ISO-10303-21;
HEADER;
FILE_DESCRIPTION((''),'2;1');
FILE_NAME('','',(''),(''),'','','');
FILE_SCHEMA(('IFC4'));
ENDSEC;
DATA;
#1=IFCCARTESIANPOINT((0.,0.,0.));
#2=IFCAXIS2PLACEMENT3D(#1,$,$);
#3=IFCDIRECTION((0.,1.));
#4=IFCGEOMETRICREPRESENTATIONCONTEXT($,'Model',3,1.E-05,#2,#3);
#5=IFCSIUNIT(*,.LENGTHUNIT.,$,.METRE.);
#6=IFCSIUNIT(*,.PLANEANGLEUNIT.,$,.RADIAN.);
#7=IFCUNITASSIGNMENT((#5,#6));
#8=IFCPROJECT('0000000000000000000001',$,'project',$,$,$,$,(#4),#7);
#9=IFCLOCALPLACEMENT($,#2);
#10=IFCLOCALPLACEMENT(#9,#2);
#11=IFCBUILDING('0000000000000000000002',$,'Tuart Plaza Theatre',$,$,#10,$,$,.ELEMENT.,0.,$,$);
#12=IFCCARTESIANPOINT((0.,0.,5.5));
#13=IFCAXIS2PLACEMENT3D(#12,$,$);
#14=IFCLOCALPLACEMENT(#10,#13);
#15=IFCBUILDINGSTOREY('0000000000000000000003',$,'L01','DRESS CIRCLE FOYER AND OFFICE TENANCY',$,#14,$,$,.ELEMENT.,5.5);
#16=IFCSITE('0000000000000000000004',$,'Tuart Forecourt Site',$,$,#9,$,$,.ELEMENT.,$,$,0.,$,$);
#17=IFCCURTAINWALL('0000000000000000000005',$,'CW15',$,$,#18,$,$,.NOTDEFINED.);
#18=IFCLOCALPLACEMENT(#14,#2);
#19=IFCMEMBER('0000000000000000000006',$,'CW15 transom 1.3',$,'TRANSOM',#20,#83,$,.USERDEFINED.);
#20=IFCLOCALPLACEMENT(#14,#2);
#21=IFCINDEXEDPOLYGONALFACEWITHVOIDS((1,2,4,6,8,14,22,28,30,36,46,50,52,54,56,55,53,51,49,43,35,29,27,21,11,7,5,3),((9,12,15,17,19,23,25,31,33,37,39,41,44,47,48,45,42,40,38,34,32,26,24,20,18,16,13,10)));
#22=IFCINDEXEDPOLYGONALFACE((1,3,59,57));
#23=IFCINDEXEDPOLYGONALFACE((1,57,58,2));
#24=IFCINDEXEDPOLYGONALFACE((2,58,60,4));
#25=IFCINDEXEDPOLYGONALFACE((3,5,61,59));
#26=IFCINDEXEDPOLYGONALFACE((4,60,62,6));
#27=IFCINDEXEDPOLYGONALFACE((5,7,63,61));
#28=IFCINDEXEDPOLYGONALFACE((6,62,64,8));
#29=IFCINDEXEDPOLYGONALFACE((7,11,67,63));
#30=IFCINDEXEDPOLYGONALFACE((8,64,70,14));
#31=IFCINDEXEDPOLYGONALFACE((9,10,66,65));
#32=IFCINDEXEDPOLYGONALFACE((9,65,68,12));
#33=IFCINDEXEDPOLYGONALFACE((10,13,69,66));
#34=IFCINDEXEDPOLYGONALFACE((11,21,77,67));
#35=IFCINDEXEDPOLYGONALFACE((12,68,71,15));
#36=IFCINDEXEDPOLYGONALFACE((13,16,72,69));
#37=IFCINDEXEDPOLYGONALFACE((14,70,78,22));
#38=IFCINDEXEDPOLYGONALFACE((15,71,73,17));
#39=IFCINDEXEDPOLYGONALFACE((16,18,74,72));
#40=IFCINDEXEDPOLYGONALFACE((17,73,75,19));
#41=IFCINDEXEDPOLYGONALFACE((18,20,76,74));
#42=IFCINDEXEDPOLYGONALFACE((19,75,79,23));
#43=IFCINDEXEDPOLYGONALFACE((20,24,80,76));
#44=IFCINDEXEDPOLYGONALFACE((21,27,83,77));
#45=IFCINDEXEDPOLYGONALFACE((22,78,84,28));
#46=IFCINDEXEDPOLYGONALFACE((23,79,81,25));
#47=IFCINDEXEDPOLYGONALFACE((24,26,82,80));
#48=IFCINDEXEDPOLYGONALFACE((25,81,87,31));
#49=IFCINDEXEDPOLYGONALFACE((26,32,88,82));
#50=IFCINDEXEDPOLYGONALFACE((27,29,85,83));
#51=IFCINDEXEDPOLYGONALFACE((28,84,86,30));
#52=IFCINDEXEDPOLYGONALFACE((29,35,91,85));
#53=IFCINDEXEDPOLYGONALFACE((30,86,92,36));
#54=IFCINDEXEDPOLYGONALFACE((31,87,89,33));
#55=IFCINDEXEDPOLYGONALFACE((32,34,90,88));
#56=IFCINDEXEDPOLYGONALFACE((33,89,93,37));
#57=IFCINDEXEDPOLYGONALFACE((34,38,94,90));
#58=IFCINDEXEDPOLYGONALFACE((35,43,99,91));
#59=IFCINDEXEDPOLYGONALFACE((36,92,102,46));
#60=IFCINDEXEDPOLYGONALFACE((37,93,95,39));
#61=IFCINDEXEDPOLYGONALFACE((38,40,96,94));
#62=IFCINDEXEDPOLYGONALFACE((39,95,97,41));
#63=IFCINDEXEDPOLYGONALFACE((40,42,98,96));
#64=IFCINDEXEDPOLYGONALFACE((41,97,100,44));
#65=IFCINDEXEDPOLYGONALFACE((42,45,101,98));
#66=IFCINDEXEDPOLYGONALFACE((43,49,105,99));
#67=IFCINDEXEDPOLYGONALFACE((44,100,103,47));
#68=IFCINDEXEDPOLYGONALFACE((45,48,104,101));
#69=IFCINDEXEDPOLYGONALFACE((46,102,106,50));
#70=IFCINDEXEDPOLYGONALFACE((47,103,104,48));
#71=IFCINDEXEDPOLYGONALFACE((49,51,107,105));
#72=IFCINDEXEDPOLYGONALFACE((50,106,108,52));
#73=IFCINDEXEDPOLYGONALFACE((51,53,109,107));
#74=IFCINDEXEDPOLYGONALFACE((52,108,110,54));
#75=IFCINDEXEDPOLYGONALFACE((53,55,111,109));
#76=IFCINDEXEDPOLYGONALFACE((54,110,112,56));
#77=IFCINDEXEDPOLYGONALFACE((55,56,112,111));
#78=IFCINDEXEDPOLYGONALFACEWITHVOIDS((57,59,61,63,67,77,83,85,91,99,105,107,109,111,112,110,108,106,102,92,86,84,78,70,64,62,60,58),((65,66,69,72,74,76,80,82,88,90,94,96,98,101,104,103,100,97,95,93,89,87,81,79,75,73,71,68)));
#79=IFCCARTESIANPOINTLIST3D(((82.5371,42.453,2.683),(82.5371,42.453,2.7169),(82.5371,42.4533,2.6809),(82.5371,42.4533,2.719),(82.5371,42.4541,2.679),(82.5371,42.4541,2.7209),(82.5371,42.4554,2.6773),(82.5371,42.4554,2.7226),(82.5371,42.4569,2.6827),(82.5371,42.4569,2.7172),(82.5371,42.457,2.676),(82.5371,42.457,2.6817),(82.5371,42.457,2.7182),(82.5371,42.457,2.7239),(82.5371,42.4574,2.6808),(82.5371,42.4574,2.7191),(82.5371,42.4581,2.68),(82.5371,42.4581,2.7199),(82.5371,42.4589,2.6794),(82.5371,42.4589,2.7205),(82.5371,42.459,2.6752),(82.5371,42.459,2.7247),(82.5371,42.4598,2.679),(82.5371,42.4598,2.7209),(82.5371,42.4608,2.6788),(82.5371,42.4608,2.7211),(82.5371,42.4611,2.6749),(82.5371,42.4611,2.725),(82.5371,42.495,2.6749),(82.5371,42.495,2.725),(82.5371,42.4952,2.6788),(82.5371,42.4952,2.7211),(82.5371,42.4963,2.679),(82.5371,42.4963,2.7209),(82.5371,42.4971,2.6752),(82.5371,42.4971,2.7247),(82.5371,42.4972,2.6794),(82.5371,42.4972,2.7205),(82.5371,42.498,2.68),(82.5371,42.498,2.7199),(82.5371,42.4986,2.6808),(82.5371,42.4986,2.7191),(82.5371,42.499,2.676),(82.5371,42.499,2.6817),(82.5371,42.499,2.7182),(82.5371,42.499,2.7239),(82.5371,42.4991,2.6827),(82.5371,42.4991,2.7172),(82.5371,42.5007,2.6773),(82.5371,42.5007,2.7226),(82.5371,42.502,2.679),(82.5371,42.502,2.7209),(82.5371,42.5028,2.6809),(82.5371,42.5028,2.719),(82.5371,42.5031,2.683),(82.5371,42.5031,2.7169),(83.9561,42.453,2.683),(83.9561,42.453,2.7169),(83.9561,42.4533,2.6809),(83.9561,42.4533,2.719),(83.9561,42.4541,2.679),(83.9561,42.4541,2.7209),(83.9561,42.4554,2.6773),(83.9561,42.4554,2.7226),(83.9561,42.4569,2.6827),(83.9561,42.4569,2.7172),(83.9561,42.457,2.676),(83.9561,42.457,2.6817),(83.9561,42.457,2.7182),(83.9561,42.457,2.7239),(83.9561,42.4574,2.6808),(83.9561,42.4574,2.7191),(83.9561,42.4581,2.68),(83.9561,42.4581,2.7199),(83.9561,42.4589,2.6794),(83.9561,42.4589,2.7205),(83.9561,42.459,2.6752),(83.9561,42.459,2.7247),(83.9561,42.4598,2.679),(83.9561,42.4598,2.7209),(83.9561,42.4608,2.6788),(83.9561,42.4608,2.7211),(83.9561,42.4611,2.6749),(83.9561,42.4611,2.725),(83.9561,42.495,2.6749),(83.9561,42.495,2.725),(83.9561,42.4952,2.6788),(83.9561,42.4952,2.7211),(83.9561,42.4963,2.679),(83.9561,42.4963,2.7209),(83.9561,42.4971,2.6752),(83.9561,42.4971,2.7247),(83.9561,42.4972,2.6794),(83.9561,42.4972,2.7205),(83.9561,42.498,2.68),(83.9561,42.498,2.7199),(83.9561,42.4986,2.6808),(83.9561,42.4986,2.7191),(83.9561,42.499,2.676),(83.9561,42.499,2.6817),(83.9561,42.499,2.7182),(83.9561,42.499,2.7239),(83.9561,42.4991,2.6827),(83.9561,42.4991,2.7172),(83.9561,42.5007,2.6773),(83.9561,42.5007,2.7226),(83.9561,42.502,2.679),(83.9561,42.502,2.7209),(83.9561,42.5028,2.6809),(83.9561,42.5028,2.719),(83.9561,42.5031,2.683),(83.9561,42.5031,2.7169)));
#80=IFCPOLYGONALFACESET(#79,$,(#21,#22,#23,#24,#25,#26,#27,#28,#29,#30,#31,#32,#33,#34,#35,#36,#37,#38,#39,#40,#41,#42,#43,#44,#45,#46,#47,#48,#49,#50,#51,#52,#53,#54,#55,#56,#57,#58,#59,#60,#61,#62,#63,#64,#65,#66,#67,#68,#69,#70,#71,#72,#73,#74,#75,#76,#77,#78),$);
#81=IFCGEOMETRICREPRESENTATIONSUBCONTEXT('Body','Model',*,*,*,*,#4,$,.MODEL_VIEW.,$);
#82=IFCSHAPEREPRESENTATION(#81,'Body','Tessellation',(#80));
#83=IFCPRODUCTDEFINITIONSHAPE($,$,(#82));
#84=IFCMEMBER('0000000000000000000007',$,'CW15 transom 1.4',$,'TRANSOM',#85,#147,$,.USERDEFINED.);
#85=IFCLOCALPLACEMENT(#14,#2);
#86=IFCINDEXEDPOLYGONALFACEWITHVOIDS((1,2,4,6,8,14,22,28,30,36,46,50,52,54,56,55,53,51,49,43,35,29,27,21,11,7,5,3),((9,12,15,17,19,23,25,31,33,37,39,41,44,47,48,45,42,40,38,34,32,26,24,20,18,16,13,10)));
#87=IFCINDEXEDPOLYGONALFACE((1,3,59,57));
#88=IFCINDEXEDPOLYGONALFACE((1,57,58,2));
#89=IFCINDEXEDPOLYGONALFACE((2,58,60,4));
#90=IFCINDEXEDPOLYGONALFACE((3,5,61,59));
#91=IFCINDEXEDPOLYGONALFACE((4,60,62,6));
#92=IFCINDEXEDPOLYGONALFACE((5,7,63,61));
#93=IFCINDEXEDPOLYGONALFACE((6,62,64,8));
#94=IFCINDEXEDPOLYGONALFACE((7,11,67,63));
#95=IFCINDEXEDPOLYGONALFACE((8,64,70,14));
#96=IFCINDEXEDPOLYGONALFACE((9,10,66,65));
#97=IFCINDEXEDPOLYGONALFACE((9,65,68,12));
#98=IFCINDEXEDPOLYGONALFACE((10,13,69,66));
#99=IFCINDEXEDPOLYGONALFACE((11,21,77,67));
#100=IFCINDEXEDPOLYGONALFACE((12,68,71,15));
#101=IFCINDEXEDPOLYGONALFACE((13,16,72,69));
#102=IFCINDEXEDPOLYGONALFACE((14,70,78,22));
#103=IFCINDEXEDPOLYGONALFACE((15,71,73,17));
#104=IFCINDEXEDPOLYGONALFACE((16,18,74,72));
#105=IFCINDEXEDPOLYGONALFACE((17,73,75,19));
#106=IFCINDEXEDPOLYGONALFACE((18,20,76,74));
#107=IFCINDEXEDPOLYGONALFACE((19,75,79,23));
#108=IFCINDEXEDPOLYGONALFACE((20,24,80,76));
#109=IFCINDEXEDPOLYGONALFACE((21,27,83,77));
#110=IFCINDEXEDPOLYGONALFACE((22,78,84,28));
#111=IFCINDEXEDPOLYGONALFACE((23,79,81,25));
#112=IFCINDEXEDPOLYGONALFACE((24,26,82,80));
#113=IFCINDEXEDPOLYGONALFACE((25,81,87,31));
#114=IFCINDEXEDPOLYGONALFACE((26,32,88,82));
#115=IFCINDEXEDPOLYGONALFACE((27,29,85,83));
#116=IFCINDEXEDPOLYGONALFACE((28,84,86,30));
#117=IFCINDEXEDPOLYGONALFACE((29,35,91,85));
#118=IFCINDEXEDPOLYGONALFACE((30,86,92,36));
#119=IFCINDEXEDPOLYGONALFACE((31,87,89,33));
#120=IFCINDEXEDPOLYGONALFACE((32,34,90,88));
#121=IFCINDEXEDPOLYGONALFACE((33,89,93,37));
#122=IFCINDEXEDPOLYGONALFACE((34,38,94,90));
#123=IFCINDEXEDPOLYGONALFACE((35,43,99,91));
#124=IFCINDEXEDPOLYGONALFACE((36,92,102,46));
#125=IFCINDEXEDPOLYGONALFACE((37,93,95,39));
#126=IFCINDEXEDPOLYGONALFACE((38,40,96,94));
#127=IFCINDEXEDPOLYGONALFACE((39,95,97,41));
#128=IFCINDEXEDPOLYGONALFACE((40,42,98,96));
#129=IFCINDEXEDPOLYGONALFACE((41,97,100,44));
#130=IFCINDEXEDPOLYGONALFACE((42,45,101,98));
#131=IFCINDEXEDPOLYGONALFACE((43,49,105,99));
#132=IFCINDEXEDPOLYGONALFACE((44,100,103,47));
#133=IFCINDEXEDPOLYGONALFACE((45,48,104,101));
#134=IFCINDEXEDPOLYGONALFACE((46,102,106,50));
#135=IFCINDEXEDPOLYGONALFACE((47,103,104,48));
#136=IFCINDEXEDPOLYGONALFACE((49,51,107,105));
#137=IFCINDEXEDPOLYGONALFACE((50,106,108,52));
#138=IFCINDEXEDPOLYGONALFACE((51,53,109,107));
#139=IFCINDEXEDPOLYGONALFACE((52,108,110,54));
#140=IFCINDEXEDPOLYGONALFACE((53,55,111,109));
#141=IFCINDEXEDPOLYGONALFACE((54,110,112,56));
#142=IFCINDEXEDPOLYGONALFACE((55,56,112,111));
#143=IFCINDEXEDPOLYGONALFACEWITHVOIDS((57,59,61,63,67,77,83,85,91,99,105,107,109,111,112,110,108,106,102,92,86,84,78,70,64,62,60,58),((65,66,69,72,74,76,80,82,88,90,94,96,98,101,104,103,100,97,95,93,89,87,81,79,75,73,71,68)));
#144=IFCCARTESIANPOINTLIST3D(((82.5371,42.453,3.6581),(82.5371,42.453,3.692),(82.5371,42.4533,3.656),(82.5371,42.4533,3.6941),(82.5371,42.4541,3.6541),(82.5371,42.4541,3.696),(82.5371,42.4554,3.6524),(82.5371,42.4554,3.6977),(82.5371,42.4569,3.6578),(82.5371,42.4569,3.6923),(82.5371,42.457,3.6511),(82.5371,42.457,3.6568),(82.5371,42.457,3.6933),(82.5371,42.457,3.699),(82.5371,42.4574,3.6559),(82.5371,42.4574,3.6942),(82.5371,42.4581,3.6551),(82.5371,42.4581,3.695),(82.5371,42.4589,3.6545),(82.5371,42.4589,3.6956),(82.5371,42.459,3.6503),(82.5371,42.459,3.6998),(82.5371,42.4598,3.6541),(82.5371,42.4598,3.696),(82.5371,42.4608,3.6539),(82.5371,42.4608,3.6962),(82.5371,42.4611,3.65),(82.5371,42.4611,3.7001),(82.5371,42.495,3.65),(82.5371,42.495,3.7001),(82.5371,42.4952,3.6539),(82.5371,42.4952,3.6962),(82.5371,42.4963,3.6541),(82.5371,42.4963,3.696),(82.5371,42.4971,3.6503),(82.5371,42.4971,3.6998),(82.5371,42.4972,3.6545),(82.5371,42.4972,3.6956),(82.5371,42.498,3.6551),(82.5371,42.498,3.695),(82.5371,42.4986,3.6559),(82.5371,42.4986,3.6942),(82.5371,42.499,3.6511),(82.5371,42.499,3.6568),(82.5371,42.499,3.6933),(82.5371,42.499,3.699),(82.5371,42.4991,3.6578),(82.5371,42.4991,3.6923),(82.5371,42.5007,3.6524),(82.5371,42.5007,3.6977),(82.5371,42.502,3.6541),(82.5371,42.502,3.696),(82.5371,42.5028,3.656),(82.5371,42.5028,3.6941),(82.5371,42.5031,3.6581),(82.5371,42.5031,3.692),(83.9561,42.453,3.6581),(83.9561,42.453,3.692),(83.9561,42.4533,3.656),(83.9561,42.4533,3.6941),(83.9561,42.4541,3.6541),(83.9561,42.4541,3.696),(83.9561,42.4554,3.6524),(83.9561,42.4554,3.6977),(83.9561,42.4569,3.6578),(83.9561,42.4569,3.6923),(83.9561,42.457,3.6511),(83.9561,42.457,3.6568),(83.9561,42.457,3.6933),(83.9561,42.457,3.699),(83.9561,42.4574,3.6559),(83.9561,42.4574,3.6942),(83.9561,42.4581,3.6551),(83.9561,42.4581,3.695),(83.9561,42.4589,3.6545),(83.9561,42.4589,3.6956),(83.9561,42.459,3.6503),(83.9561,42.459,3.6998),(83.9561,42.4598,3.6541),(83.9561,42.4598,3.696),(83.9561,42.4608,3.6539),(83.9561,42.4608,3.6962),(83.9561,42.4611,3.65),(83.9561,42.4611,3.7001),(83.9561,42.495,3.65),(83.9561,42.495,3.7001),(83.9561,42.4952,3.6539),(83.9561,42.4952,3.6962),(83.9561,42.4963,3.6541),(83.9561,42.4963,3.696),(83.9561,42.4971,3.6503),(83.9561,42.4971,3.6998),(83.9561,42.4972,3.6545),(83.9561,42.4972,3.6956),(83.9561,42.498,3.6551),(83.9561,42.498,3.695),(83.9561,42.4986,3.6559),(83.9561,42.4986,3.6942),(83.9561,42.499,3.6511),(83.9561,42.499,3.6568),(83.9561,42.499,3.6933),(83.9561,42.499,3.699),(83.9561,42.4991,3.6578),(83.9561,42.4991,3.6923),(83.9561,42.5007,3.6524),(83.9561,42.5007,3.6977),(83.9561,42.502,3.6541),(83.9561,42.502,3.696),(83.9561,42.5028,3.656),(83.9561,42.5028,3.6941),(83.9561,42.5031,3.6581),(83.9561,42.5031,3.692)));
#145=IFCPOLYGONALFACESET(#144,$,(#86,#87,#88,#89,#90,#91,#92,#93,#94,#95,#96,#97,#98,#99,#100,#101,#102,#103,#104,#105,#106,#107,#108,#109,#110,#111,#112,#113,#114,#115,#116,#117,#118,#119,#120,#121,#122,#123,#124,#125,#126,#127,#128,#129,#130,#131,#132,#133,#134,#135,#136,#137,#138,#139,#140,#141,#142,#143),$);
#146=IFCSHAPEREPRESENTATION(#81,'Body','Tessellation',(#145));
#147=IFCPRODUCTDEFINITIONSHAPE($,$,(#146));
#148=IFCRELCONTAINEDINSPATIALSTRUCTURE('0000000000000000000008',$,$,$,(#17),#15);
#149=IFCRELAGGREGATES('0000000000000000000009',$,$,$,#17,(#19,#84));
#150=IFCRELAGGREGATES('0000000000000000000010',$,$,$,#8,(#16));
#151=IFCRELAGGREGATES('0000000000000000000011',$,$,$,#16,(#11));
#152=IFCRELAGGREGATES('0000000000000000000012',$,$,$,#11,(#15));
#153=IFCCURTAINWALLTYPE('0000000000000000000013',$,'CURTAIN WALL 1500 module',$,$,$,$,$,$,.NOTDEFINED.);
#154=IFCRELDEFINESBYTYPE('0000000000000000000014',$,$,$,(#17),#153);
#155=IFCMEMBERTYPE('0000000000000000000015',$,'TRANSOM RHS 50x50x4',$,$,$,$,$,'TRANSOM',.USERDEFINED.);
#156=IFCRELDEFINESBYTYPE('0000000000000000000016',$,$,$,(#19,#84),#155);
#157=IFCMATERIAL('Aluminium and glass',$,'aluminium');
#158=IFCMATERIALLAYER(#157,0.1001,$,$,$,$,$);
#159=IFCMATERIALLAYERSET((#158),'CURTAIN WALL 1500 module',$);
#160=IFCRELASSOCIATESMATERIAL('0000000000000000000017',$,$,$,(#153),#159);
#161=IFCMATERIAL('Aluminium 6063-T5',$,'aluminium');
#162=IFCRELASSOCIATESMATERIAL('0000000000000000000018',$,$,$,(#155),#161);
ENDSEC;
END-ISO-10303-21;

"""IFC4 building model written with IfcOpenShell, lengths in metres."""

from ifc_helpers import new_model, si_unit, direction, frame, origin, origin_2d, place, context, subcontext, project, spatial, hollow_rectangle, extrude, material, layer, layer_set, material_profile, profile_set, type_object, element, aggregate, save


model = new_model("IFC4")

# Units and contexts
model_context = context("Model", 3, precision=1e-05, world=origin(), true_north=direction((0.0, 1.0)))
body_context = subcontext(model_context, "Body", "Model", "MODEL_VIEW")
ifc_project = project(units=[si_unit("LENGTHUNIT", "METRE"), si_unit("PLANEANGLEUNIT", "RADIAN")], contexts=[model_context])

# Site, building, storey
site_placement = place(None, origin())
site = spatial("IfcSite", under=ifc_project, at=site_placement, Name="Tuart Forecourt Site", CompositionType="ELEMENT", RefElevation=0.0)
building_placement = place(site_placement, origin())
building = spatial("IfcBuilding", under=site, at=building_placement, Name="Tuart Plaza Theatre", CompositionType="ELEMENT", ElevationOfRefHeight=0.0)
storey_placement = place(building_placement, frame((0.0, 0.0, 5.5)))
storey = spatial("IfcBuildingStorey", under=building, at=storey_placement, Name="L01", Description="DRESS CIRCLE FOYER AND OFFICE TENANCY", CompositionType="ELEMENT", Elevation=5.5)

# Curtain wall, members
ifc_material_1 = material(Name="Aluminium and glass", Category="aluminium")
ifc_layer_1 = layer(ifc_material_1, 0.1001)
ifc_layer_set_1 = layer_set([ifc_layer_1], Name="CURTAIN WALL 1500 module")
curtain_wall_type = type_object("IfcCurtainWallType", Name="CURTAIN WALL 1500 module", PredefinedType="NOTDEFINED", material=ifc_layer_set_1)
curtain_wall_placement = place(storey_placement, origin())
curtain_wall = element("IfcCurtainWall", 1, at=curtain_wall_placement, inside=storey, type_object=curtain_wall_type, Name="CW15", PredefinedType="NOTDEFINED")
ifc_material_2 = material(Name="Aluminium 6063-T5", Category="aluminium")
ifc_material_profile_1 = material_profile(ifc_material_2, hollow_rectangle(XDim=0.05, YDim=0.05, WallThickness=0.0039, InnerFilletRadius=0.0039, OuterFilletRadius=0.0081, at=origin_2d()), Name="RHS 50x50x4")
ifc_profile_set_1 = profile_set([ifc_material_profile_1], Name="Aluminium 6063-T5")
member_type_1 = type_object("IfcMemberType", Name="TRANSOM RHS 50x50x4", ElementType="TRANSOM", PredefinedType="USERDEFINED", material=ifc_profile_set_1)
member_1_placement = place(storey_placement, frame((82.5371, 42.478, 2.7), z_axis=(1.0, 0.0, 0.0), x_axis=(0.0, 1.0, 0.0)))
member_1 = element("IfcMember", 2, at=member_1_placement, type_object=member_type_1, Name="CW15 transom 1.3", ObjectType="TRANSOM", PredefinedType="USERDEFINED", context=body_context, shape_type="SweptSolid", body=[
    extrude(hollow_rectangle(XDim=0.05, YDim=0.05, WallThickness=0.0039, InnerFilletRadius=0.0039, OuterFilletRadius=0.0081, at=origin_2d()), origin(), (0.0, 0.0, 1.0), 1.4189),
])
member_2_placement = place(storey_placement, frame((82.5371, 42.478, 3.675), z_axis=(1.0, 0.0, 0.0), x_axis=(0.0, 1.0, 0.0)))
member_2 = element("IfcMember", 3, at=member_2_placement, type_object=member_type_1, Name="CW15 transom 1.4", ObjectType="TRANSOM", PredefinedType="USERDEFINED", context=body_context, shape_type="SweptSolid", body=[
    extrude(hollow_rectangle(XDim=0.05, YDim=0.05, WallThickness=0.0039, InnerFilletRadius=0.0039, OuterFilletRadius=0.0081, at=origin_2d()), origin(), (0.0, 0.0, 1.0), 1.4189),
])
aggregate(curtain_wall, [member_1, member_2])

save(model, "model.ifc")
